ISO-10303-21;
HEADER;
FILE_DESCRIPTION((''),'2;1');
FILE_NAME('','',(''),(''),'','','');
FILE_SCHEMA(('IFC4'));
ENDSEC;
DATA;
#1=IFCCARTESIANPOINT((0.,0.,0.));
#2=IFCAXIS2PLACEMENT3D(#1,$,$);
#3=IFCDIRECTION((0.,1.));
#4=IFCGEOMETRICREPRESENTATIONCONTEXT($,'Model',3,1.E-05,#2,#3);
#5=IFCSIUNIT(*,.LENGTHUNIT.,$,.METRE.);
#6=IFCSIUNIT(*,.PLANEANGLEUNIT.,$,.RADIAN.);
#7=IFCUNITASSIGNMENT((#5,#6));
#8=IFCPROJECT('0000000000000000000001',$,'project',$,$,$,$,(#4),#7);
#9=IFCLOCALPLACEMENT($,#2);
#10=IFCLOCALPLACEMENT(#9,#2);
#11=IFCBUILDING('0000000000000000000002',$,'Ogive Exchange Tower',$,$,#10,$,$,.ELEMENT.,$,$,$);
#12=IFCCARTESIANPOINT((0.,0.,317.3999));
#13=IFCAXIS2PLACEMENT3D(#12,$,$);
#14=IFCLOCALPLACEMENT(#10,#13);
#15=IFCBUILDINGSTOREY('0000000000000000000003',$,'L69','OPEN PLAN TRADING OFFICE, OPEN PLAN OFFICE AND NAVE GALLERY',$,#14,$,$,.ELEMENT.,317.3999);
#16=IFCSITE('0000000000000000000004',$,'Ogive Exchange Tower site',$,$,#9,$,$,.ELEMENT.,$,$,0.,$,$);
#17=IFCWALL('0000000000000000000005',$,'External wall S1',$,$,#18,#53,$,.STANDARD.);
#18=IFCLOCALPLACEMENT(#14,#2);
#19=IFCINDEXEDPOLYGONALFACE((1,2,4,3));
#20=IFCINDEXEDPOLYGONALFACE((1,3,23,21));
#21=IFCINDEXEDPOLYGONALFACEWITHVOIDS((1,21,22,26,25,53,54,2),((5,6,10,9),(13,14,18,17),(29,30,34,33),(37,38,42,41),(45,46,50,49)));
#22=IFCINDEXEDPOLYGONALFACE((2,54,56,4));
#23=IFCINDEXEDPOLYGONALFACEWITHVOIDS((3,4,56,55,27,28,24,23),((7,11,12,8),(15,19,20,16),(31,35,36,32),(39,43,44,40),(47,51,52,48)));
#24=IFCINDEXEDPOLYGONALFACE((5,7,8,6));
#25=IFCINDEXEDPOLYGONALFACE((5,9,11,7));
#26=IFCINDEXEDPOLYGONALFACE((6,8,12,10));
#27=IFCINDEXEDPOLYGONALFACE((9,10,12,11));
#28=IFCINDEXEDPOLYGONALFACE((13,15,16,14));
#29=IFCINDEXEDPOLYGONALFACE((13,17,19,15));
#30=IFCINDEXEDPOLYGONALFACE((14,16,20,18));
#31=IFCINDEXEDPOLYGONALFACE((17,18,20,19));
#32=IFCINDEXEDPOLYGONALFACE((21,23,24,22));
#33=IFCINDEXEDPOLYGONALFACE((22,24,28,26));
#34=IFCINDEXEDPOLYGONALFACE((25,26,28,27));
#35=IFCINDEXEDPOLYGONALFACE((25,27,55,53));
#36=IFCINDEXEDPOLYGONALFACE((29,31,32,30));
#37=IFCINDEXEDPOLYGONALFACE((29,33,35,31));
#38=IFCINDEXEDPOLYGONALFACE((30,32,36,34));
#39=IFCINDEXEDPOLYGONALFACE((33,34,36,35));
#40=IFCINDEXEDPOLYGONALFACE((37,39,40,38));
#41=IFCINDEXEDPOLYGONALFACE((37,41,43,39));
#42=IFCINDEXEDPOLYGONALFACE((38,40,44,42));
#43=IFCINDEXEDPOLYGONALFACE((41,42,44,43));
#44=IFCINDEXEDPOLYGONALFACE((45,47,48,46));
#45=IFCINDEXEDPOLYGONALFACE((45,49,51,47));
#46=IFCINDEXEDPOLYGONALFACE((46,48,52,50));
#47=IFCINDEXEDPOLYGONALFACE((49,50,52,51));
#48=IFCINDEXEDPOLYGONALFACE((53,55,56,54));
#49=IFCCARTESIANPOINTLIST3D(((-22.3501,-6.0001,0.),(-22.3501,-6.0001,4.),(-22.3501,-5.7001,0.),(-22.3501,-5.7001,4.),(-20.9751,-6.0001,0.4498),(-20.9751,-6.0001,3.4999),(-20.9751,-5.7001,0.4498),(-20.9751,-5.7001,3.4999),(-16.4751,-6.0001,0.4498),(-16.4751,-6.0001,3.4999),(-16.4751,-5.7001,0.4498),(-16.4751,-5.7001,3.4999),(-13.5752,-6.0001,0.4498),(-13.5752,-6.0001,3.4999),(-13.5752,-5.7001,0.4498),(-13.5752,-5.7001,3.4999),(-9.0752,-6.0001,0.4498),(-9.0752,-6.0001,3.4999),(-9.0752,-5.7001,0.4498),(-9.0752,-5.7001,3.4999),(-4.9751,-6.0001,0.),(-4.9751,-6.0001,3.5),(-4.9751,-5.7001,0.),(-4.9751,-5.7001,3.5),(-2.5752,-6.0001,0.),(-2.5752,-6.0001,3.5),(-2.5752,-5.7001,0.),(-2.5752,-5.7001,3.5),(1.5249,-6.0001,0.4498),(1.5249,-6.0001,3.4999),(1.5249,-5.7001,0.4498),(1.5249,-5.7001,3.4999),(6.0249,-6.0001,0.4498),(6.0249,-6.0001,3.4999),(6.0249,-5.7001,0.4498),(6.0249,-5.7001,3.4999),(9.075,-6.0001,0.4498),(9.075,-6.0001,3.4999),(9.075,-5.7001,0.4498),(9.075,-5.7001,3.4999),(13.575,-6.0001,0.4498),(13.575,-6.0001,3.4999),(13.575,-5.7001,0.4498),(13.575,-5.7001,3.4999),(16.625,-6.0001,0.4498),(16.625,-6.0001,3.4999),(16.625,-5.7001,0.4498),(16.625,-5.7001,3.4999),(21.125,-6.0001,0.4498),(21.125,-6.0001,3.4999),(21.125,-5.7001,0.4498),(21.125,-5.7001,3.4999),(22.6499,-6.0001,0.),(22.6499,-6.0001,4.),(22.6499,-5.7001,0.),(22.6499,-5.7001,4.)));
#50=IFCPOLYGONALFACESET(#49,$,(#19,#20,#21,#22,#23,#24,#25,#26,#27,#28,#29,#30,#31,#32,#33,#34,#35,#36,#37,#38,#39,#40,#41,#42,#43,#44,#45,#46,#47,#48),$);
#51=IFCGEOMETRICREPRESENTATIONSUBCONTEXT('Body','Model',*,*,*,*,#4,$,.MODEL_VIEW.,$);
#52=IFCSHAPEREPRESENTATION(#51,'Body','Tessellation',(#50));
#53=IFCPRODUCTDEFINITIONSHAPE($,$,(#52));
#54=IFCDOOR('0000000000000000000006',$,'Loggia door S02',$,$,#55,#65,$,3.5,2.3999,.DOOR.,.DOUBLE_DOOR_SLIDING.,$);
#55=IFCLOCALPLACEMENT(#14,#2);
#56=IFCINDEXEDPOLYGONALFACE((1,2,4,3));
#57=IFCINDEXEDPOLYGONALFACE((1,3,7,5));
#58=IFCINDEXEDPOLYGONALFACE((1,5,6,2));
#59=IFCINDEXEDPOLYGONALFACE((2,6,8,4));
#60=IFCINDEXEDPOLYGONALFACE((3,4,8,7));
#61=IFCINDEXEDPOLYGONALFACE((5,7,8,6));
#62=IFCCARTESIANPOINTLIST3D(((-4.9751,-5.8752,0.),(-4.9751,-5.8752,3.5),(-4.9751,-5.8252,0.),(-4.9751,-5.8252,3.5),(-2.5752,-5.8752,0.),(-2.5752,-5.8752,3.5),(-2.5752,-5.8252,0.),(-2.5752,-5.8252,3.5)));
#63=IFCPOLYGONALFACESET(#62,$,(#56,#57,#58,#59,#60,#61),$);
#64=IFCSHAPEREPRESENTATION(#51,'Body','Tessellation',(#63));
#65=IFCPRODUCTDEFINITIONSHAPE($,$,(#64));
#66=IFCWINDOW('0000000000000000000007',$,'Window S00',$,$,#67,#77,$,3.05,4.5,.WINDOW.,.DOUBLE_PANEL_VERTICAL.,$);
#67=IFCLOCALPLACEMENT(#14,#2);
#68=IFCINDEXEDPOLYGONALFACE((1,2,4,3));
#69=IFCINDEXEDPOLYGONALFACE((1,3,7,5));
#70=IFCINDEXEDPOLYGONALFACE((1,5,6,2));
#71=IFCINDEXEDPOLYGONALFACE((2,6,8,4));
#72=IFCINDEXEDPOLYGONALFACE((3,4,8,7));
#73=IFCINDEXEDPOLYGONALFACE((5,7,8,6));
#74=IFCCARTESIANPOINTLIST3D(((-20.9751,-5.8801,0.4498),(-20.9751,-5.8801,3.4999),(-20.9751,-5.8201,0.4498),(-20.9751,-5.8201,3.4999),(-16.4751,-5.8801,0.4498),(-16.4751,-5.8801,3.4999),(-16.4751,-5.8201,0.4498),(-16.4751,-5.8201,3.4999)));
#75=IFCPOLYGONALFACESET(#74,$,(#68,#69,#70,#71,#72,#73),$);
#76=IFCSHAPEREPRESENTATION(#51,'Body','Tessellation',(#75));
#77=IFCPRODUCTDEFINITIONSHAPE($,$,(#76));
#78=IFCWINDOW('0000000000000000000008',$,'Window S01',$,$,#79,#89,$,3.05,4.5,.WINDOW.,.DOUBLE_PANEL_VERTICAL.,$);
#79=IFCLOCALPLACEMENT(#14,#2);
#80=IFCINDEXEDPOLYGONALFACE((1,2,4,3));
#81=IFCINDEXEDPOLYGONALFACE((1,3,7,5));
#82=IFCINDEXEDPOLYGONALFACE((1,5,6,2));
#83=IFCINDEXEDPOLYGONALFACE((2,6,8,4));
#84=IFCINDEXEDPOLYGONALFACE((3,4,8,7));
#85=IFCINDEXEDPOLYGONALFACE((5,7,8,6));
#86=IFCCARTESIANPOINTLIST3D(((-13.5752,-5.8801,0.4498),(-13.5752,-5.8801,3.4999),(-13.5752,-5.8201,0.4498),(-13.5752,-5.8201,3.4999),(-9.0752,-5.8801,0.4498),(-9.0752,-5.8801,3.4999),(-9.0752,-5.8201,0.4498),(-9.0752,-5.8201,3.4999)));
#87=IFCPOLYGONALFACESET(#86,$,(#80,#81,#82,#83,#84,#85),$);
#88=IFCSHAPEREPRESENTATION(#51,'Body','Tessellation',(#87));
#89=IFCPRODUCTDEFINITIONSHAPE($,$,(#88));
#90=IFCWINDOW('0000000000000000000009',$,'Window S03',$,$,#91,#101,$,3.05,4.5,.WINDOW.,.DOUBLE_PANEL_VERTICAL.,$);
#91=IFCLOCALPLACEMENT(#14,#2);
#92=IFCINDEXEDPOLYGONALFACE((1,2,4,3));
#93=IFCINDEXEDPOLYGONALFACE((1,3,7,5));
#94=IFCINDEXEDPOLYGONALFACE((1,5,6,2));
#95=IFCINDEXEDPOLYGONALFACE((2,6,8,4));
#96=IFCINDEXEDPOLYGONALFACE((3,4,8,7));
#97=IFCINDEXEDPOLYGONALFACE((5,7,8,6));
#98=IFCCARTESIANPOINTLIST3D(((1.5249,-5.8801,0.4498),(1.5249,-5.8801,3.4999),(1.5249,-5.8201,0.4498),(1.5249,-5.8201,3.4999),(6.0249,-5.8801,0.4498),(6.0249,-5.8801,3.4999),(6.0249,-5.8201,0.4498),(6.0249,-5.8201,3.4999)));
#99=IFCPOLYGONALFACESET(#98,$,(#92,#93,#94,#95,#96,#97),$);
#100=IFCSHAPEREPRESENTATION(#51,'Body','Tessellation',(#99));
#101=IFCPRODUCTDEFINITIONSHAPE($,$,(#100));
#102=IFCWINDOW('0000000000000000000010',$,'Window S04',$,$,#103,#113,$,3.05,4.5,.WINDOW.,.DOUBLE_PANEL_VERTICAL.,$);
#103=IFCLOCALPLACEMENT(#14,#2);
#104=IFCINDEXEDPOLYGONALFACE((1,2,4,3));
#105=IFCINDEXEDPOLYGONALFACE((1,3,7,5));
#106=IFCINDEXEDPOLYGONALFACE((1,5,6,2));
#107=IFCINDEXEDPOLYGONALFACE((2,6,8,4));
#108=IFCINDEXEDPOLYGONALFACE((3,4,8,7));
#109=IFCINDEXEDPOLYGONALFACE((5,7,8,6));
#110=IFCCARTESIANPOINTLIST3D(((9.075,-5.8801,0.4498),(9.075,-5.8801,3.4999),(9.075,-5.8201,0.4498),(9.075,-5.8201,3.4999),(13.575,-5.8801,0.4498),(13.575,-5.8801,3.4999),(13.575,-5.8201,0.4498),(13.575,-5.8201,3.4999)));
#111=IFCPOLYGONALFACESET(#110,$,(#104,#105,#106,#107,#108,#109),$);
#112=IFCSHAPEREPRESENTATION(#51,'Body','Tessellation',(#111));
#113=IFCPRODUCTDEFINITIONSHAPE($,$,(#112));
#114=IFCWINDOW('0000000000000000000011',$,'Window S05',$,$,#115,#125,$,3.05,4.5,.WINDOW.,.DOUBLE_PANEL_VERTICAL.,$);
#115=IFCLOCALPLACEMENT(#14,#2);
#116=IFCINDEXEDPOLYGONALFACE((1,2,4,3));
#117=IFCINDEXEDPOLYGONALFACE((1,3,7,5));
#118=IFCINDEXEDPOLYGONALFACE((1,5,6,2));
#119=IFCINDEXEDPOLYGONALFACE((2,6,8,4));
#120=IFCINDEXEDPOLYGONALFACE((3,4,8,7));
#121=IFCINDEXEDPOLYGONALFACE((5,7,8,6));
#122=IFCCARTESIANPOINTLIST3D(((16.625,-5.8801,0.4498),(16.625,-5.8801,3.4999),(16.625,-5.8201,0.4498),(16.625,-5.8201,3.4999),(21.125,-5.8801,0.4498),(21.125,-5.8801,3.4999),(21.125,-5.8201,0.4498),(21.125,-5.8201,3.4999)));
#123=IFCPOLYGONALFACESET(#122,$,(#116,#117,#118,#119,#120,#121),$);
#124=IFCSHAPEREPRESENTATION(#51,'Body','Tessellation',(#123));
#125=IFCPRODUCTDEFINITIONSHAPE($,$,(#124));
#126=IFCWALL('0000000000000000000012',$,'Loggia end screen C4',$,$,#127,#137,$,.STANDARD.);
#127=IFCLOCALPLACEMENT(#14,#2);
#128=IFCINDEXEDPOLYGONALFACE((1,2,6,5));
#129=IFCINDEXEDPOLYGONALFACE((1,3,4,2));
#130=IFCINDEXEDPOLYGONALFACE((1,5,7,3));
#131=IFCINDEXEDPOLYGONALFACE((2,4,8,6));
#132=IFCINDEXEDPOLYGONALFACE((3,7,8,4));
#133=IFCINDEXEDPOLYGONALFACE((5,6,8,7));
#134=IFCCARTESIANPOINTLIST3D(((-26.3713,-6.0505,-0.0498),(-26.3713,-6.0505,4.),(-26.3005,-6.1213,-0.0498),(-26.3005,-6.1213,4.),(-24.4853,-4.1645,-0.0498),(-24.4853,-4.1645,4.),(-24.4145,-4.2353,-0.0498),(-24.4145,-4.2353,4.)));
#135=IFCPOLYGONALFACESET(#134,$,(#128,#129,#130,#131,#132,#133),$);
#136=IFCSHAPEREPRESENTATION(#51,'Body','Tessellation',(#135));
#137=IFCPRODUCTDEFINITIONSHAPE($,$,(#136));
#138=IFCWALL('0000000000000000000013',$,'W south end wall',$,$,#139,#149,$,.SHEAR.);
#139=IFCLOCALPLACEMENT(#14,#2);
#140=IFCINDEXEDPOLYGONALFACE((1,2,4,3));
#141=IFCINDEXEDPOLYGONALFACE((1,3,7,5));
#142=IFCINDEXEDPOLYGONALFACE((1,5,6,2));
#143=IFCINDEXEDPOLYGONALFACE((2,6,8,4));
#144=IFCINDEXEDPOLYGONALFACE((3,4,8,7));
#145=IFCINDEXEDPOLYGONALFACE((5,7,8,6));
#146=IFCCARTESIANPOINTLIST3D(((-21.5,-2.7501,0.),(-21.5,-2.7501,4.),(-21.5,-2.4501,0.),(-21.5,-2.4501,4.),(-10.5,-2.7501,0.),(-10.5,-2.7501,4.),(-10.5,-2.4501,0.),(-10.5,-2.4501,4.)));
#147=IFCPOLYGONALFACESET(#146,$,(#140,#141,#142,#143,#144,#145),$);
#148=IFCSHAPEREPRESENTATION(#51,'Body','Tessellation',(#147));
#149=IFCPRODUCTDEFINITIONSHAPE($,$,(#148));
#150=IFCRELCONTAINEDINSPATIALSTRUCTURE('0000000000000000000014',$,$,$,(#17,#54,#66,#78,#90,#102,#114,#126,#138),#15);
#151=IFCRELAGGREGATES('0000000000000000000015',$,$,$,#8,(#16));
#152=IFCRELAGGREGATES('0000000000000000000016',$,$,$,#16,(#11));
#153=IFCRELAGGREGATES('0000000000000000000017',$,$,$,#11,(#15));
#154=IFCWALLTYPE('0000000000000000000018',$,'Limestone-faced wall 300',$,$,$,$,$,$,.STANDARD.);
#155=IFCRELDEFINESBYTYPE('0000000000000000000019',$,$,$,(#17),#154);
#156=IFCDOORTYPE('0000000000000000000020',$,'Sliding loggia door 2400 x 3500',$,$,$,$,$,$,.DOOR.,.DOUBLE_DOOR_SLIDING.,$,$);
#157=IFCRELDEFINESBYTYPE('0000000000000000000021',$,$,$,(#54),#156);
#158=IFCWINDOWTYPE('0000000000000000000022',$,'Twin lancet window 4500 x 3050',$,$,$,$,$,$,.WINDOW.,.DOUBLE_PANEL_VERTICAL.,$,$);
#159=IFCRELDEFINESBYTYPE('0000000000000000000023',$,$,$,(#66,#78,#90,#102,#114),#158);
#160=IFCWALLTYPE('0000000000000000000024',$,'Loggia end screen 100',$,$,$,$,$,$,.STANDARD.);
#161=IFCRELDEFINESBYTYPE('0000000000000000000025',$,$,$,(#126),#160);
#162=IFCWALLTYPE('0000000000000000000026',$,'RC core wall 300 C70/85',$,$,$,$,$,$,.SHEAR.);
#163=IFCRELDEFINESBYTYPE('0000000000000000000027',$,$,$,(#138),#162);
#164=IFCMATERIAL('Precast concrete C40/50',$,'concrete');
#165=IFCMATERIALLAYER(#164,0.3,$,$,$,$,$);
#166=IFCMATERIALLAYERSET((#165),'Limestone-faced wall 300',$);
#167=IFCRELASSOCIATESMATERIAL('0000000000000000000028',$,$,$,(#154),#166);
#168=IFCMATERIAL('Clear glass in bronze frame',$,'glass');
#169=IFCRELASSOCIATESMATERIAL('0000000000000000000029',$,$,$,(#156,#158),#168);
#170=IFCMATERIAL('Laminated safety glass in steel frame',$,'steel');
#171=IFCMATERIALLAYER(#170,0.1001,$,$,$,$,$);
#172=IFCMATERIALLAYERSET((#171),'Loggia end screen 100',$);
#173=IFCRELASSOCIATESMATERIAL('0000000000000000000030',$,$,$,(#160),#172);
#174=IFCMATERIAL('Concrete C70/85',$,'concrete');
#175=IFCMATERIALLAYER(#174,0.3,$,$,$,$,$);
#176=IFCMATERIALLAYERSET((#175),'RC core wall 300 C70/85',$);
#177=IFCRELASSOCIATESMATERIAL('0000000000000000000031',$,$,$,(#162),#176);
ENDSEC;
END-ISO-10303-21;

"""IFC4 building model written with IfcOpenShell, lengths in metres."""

from ifc_helpers import new_model, si_unit, direction, frame, frame_2d, origin, place, context, subcontext, project, spatial, rectangle, extrude, material, layer, layer_set, type_object, element, fill, save


model = new_model("IFC4")

# Units and contexts
model_context = context("Model", 3, precision=1e-05, world=origin(), true_north=direction((0.0, 1.0)))
body_context = subcontext(model_context, "Body", "Model", "MODEL_VIEW")
ifc_project = project(units=[si_unit("LENGTHUNIT", "METRE"), si_unit("PLANEANGLEUNIT", "RADIAN")], contexts=[model_context])

# Site, building, storey
site_placement = place(None, origin())
site = spatial("IfcSite", under=ifc_project, at=site_placement, Name="Ogive Exchange Tower site", CompositionType="ELEMENT", RefElevation=0.0)
building_placement = place(site_placement, origin())
building = spatial("IfcBuilding", under=site, at=building_placement, Name="Ogive Exchange Tower", CompositionType="ELEMENT")
storey_placement = place(building_placement, frame((0.0, 0.0, 317.3999)))
storey = spatial("IfcBuildingStorey", under=building, at=storey_placement, Name="L69", Description="OPEN PLAN TRADING OFFICE, OPEN PLAN OFFICE AND NAVE GALLERY", CompositionType="ELEMENT", Elevation=317.3999)

# Wall, openings, door, windows
ifc_material_1 = material(Name="Precast concrete C40/50", Category="concrete")
ifc_layer_1 = layer(ifc_material_1, 0.3)
ifc_layer_set_1 = layer_set([ifc_layer_1], Name="Limestone-faced wall 300")
wall_type_1 = type_object("IfcWallType", Name="Limestone-faced wall 300", PredefinedType="STANDARD", material=ifc_layer_set_1)
wall_1_placement = place(storey_placement, frame((-22.3501, -5.8501, 0.0), z_axis=(0.0, 0.0, 1.0), x_axis=(1.0, 0.0, 0.0)))
wall_1 = element("IfcWall", 1, at=wall_1_placement, inside=storey, type_object=wall_type_1, Name="External wall S1", PredefinedType="STANDARD", context=body_context, shape_type="SweptSolid", body=[
    extrude(rectangle(XDim=45.0, YDim=0.3, at=frame_2d((22.5, 0.0))), origin(), (0.0, 0.0, 1.0), 4.0),
])
opening_1_placement = place(wall_1_placement, frame((1.375, 0.0, 0.45)))
opening_1 = element("IfcOpeningElement", 2, at=opening_1_placement, cuts=wall_1, PredefinedType="OPENING", context=body_context, shape_type="SweptSolid", body=[
    extrude(rectangle(XDim=4.5, YDim=3.05, at=frame_2d((2.25, 1.5249))), frame((0.0, 0.1599, 0.0), z_axis=(0.0, -1.0, 0.0), x_axis=(1.0, 0.0, 0.0)), (0.0, 0.0, 1.0), 0.3201),
])
opening_2_placement = place(wall_1_placement, frame((8.7749, 0.0, 0.45)))
opening_2 = element("IfcOpeningElement", 3, at=opening_2_placement, cuts=wall_1, PredefinedType="OPENING", context=body_context, shape_type="SweptSolid", body=[
    extrude(rectangle(XDim=4.5, YDim=3.05, at=frame_2d((2.25, 1.5249))), frame((0.0, 0.1599, 0.0), z_axis=(0.0, -1.0, 0.0), x_axis=(1.0, 0.0, 0.0)), (0.0, 0.0, 1.0), 0.3201),
])
opening_3_placement = place(wall_1_placement, frame((17.375, 0.0, 0.0)))
opening_3 = element("IfcOpeningElement", 4, at=opening_3_placement, cuts=wall_1, PredefinedType="OPENING", context=body_context, shape_type="SweptSolid", body=[
    extrude(rectangle(XDim=2.3999, YDim=3.5, at=frame_2d((1.2, 1.75))), frame((0.0, 0.1599, 0.0), z_axis=(0.0, -1.0, 0.0), x_axis=(1.0, 0.0, 0.0)), (0.0, 0.0, 1.0), 0.3201),
])
opening_4_placement = place(wall_1_placement, frame((23.875, 0.0, 0.45)))
opening_4 = element("IfcOpeningElement", 5, at=opening_4_placement, cuts=wall_1, PredefinedType="OPENING", context=body_context, shape_type="SweptSolid", body=[
    extrude(rectangle(XDim=4.5, YDim=3.05, at=frame_2d((2.25, 1.5249))), frame((0.0, 0.1599, 0.0), z_axis=(0.0, -1.0, 0.0), x_axis=(1.0, 0.0, 0.0)), (0.0, 0.0, 1.0), 0.3201),
])
opening_5_placement = place(wall_1_placement, frame((31.425, 0.0, 0.45)))
opening_5 = element("IfcOpeningElement", 6, at=opening_5_placement, cuts=wall_1, PredefinedType="OPENING", context=body_context, shape_type="SweptSolid", body=[
    extrude(rectangle(XDim=4.5, YDim=3.05, at=frame_2d((2.25, 1.5249))), frame((0.0, 0.1599, 0.0), z_axis=(0.0, -1.0, 0.0), x_axis=(1.0, 0.0, 0.0)), (0.0, 0.0, 1.0), 0.3201),
])
opening_6_placement = place(wall_1_placement, frame((38.9751, 0.0, 0.45)))
opening_6 = element("IfcOpeningElement", 7, at=opening_6_placement, cuts=wall_1, PredefinedType="OPENING", context=body_context, shape_type="SweptSolid", body=[
    extrude(rectangle(XDim=4.5, YDim=3.05, at=frame_2d((2.25, 1.5249))), frame((0.0, 0.1599, 0.0), z_axis=(0.0, -1.0, 0.0), x_axis=(1.0, 0.0, 0.0)), (0.0, 0.0, 1.0), 0.3201),
])
ifc_material_2 = material(Name="Clear glass in bronze frame", Category="glass")
door_type_1 = type_object("IfcDoorType", Name="Sliding loggia door 2400 x 3500", OperationType="DOUBLE_DOOR_SLIDING", PredefinedType="DOOR", material=ifc_material_2)
door_1_placement = place(opening_3_placement, origin())
door_1 = element("IfcDoor", 8, at=door_1_placement, inside=storey, type_object=door_type_1, Name="Loggia door S02", OperationType="DOUBLE_DOOR_SLIDING", OverallHeight=3.5, OverallWidth=2.3999, PredefinedType="DOOR", context=body_context, shape_type="SweptSolid", body=[
    extrude(rectangle(XDim=2.3999, YDim=3.5, at=frame_2d((1.2, 1.75))), frame((0.0, 0.0249, 0.0), z_axis=(0.0, -1.0, 0.0), x_axis=(1.0, 0.0, 0.0)), (0.0, 0.0, 1.0), 0.05),
])
fill(opening_3, door_1)
window_type = type_object("IfcWindowType", Name="Twin lancet window 4500 x 3050", PartitioningType="DOUBLE_PANEL_VERTICAL", PredefinedType="WINDOW", material=ifc_material_2)
window_1_placement = place(opening_1_placement, origin())
window_1 = element("IfcWindow", 9, at=window_1_placement, inside=storey, type_object=window_type, Name="Window S00", OverallHeight=3.05, OverallWidth=4.5, PartitioningType="DOUBLE_PANEL_VERTICAL", PredefinedType="WINDOW", context=body_context, shape_type="SweptSolid", body=[
    extrude(rectangle(XDim=4.5, YDim=3.05, at=frame_2d((2.25, 1.5249))), frame((0.0, 0.03, 0.0), z_axis=(0.0, -1.0, 0.0), x_axis=(1.0, 0.0, 0.0)), (0.0, 0.0, 1.0), 0.0601),
])
fill(opening_1, window_1)
window_2_placement = place(opening_2_placement, origin())
window_2 = element("IfcWindow", 10, at=window_2_placement, inside=storey, type_object=window_type, Name="Window S01", OverallHeight=3.05, OverallWidth=4.5, PartitioningType="DOUBLE_PANEL_VERTICAL", PredefinedType="WINDOW", context=body_context, shape_type="SweptSolid", body=[
    extrude(rectangle(XDim=4.5, YDim=3.05, at=frame_2d((2.25, 1.5249))), frame((0.0, 0.03, 0.0), z_axis=(0.0, -1.0, 0.0), x_axis=(1.0, 0.0, 0.0)), (0.0, 0.0, 1.0), 0.0601),
])
fill(opening_2, window_2)
window_3_placement = place(opening_4_placement, origin())
window_3 = element("IfcWindow", 11, at=window_3_placement, inside=storey, type_object=window_type, Name="Window S03", OverallHeight=3.05, OverallWidth=4.5, PartitioningType="DOUBLE_PANEL_VERTICAL", PredefinedType="WINDOW", context=body_context, shape_type="SweptSolid", body=[
    extrude(rectangle(XDim=4.5, YDim=3.05, at=frame_2d((2.25, 1.5249))), frame((0.0, 0.03, 0.0), z_axis=(0.0, -1.0, 0.0), x_axis=(1.0, 0.0, 0.0)), (0.0, 0.0, 1.0), 0.0601),
])
fill(opening_4, window_3)
window_4_placement = place(opening_5_placement, origin())
window_4 = element("IfcWindow", 12, at=window_4_placement, inside=storey, type_object=window_type, Name="Window S04", OverallHeight=3.05, OverallWidth=4.5, PartitioningType="DOUBLE_PANEL_VERTICAL", PredefinedType="WINDOW", context=body_context, shape_type="SweptSolid", body=[
    extrude(rectangle(XDim=4.5, YDim=3.05, at=frame_2d((2.25, 1.5249))), frame((0.0, 0.03, 0.0), z_axis=(0.0, -1.0, 0.0), x_axis=(1.0, 0.0, 0.0)), (0.0, 0.0, 1.0), 0.0601),
])
fill(opening_5, window_4)
window_5_placement = place(opening_6_placement, origin())
window_5 = element("IfcWindow", 13, at=window_5_placement, inside=storey, type_object=window_type, Name="Window S05", OverallHeight=3.05, OverallWidth=4.5, PartitioningType="DOUBLE_PANEL_VERTICAL", PredefinedType="WINDOW", context=body_context, shape_type="SweptSolid", body=[
    extrude(rectangle(XDim=4.5, YDim=3.05, at=frame_2d((2.25, 1.5249))), frame((0.0, 0.03, 0.0), z_axis=(0.0, -1.0, 0.0), x_axis=(1.0, 0.0, 0.0)), (0.0, 0.0, 1.0), 0.0601),
])
fill(opening_6, window_5)

# Walls
ifc_material_3 = material(Name="Laminated safety glass in steel frame", Category="steel")
ifc_layer_2 = layer(ifc_material_3, 0.1001)
ifc_layer_set_2 = layer_set([ifc_layer_2], Name="Loggia end screen 100")
wall_type_2 = type_object("IfcWallType", Name="Loggia end screen 100", PredefinedType="STANDARD", material=ifc_layer_set_2)
wall_2_placement = place(storey_placement, frame((-24.45, -4.2, -0.0498), z_axis=(0.0, 0.0, 1.0), x_axis=(-0.707107, -0.707107, 0.0)))
element("IfcWall", 14, at=wall_2_placement, inside=storey, type_object=wall_type_2, Name="Loggia end screen C4", PredefinedType="STANDARD", context=body_context, shape_type="SweptSolid", body=[
    extrude(rectangle(XDim=2.6672, YDim=0.1001, at=frame_2d((1.3335, 0.0))), origin(), (0.0, 0.0, 1.0), 4.0498),
])
ifc_material_4 = material(Name="Concrete C70/85", Category="concrete")
ifc_layer_3 = layer(ifc_material_4, 0.3)
ifc_layer_set_3 = layer_set([ifc_layer_3], Name="RC core wall 300 C70/85")
wall_type_3 = type_object("IfcWallType", Name="RC core wall 300 C70/85", PredefinedType="SHEAR", material=ifc_layer_set_3)
wall_3_placement = place(storey_placement, frame((-21.5, -2.6001, 0.0), z_axis=(0.0, 0.0, 1.0), x_axis=(1.0, 0.0, 0.0)))
element("IfcWall", 15, at=wall_3_placement, inside=storey, type_object=wall_type_3, Name="W south end wall", PredefinedType="SHEAR", context=body_context, shape_type="SweptSolid", body=[
    extrude(rectangle(XDim=11.0, YDim=0.3, at=frame_2d((5.5, 0.0))), origin(), (0.0, 0.0, 1.0), 4.0),
])

save(model, "model.ifc")
